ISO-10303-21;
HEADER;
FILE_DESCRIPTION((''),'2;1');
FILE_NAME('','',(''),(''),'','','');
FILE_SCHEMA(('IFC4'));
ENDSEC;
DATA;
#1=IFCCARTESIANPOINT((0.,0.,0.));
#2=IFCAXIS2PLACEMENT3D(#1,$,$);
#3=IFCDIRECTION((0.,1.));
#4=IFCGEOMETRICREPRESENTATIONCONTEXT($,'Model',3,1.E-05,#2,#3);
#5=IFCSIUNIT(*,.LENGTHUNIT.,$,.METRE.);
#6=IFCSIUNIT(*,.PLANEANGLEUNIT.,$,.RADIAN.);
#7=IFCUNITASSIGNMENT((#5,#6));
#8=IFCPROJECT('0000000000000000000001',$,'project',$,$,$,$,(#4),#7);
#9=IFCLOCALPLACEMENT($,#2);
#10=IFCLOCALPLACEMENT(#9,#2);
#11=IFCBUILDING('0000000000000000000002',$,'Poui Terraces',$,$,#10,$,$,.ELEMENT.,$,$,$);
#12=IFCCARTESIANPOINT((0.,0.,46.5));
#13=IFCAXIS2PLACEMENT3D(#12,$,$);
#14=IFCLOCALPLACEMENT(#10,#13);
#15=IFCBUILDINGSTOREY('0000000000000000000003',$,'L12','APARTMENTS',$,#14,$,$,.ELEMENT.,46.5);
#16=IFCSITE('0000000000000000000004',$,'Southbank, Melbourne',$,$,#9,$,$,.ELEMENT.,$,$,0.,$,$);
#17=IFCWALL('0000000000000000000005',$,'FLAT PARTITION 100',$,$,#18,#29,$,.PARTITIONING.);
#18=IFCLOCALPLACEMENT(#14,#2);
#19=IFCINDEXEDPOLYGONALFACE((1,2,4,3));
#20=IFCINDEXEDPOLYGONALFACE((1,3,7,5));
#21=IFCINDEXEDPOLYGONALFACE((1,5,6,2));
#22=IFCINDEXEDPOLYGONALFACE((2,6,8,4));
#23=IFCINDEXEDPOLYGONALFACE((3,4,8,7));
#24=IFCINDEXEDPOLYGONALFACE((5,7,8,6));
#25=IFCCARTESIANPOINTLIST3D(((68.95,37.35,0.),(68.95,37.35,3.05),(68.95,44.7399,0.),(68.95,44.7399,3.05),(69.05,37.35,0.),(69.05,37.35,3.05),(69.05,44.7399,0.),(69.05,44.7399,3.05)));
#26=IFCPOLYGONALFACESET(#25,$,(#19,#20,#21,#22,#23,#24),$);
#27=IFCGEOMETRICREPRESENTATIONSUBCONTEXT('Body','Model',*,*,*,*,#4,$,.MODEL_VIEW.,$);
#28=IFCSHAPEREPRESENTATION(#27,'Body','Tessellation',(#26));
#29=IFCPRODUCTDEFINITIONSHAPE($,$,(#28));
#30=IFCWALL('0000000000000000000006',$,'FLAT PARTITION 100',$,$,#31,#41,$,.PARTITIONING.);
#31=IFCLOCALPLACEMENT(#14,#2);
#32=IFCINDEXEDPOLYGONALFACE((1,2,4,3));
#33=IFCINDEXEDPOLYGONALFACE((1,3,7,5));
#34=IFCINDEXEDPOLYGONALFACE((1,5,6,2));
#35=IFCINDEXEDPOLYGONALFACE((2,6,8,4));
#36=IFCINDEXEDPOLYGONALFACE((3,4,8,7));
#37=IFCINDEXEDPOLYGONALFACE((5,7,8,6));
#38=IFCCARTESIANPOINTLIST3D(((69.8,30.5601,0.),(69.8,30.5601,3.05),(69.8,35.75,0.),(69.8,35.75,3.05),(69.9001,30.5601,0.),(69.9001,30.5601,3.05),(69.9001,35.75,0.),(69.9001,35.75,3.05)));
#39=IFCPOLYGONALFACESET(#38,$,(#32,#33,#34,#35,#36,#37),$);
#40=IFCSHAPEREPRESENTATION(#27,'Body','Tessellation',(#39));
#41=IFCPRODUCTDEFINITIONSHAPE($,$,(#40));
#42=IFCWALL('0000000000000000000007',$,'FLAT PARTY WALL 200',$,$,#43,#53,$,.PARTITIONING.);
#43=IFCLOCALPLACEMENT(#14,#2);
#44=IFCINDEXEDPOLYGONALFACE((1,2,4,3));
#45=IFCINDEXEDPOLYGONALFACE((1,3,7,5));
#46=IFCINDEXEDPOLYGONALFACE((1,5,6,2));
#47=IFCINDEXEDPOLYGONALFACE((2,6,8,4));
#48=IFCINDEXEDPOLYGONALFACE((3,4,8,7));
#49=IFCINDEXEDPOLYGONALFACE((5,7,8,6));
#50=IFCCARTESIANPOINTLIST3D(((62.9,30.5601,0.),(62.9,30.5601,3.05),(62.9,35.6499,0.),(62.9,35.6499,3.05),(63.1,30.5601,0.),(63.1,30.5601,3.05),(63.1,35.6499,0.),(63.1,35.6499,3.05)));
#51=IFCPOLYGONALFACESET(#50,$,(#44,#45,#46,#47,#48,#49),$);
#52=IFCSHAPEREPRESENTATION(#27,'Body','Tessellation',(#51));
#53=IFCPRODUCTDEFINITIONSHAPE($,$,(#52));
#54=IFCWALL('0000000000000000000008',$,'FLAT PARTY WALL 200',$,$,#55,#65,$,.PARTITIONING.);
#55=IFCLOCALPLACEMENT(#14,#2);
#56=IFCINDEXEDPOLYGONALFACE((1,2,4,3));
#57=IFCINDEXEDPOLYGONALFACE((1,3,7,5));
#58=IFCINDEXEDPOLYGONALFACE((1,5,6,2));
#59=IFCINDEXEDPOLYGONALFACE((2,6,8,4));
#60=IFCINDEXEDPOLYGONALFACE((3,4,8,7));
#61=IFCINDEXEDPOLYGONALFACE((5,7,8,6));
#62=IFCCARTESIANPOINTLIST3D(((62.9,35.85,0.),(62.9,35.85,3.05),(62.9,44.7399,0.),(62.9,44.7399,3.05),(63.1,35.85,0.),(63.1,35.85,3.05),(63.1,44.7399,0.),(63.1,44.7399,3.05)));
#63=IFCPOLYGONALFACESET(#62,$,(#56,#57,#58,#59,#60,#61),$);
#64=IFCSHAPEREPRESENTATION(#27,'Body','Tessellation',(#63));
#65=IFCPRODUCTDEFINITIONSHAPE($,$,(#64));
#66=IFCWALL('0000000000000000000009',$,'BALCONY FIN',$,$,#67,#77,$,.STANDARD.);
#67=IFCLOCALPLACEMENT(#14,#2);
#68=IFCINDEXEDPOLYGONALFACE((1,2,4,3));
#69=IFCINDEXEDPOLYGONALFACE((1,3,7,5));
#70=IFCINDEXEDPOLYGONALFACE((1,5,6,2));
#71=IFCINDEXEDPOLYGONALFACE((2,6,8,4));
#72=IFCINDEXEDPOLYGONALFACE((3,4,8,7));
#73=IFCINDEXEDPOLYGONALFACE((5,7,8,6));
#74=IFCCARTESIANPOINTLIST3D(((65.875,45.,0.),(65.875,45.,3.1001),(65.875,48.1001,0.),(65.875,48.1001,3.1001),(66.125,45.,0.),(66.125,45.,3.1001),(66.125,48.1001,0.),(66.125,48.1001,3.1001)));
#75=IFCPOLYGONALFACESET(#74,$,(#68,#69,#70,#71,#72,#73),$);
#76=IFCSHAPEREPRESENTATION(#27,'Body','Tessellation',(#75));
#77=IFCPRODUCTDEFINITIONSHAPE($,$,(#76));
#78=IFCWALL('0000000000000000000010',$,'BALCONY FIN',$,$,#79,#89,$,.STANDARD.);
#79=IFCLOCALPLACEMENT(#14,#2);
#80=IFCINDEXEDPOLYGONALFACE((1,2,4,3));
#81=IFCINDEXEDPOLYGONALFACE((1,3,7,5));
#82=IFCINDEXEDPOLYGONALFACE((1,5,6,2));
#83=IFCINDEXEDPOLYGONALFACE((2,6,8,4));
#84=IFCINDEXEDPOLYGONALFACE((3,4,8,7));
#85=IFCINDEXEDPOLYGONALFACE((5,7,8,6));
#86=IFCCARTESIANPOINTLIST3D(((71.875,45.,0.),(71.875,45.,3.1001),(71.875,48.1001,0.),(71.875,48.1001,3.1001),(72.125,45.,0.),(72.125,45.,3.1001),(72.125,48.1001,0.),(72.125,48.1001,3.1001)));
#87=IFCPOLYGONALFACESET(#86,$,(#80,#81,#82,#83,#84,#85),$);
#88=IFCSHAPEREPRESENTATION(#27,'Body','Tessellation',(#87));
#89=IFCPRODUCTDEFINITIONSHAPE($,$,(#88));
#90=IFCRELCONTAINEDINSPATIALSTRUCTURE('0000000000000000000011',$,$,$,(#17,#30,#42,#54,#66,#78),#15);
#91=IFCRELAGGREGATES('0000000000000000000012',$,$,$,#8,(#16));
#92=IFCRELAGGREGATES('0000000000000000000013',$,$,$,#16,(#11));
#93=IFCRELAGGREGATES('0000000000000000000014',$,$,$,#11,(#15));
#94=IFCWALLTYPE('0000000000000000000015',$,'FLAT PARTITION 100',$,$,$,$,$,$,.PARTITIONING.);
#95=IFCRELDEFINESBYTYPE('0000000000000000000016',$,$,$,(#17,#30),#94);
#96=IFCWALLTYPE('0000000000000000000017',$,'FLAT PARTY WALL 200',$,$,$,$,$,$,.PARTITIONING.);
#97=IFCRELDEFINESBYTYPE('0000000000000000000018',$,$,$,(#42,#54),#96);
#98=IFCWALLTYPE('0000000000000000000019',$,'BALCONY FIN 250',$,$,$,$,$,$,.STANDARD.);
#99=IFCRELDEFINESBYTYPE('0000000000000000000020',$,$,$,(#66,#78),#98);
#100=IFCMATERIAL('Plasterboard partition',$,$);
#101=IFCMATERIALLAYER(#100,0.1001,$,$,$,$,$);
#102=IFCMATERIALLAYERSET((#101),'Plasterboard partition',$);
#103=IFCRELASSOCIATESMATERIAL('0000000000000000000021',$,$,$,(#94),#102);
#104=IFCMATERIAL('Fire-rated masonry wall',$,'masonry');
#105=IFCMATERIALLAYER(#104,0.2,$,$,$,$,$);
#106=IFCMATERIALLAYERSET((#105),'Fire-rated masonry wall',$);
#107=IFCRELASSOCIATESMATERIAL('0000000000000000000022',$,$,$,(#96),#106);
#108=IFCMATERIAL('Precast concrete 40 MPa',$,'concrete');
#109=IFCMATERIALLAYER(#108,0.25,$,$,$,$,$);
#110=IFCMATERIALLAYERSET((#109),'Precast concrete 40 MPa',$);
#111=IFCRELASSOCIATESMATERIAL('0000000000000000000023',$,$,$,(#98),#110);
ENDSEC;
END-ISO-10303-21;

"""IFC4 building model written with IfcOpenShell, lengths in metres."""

from ifc_helpers import new_model, si_unit, direction, frame, frame_2d, origin, place, context, subcontext, project, spatial, polyline, rectangle, outline, extrude, source, transform, mapped, material, layer, layer_set, type_object, element, save


model = new_model("IFC4")

# Units and contexts
model_context = context("Model", 3, precision=1e-05, world=origin(), true_north=direction((0.0, 1.0)))
body_context = subcontext(model_context, "Body", "Model", "MODEL_VIEW")
ifc_project = project(units=[si_unit("LENGTHUNIT", "METRE"), si_unit("PLANEANGLEUNIT", "RADIAN")], contexts=[model_context])

# Site, building, storey
site_placement = place(None, origin())
site = spatial("IfcSite", under=ifc_project, at=site_placement, Name="Southbank, Melbourne", CompositionType="ELEMENT", RefElevation=0.0)
building_placement = place(site_placement, origin())
building = spatial("IfcBuilding", under=site, at=building_placement, Name="Poui Terraces", CompositionType="ELEMENT")
storey_placement = place(building_placement, frame((0.0, 0.0, 46.5)))
storey = spatial("IfcBuildingStorey", under=building, at=storey_placement, Name="L12", Description="APARTMENTS", CompositionType="ELEMENT", Elevation=46.5)

# Shared definitions
ifc_material_1 = material(Name="Plasterboard partition")
ifc_layer_1 = layer(ifc_material_1, 0.1001)
ifc_layer_set_1 = layer_set([ifc_layer_1], Name="Plasterboard partition")
wall_type_1 = type_object("IfcWallType", Name="FLAT PARTITION 100", PredefinedType="PARTITIONING", material=ifc_layer_set_1)

# Walls
wall_1_placement = place(storey_placement, frame((69.0, 37.3501, 0.0), z_axis=(0.0, 0.0, 1.0), x_axis=(0.0, 1.0, 0.0)))
element("IfcWall", 1, at=wall_1_placement, inside=storey, type_object=wall_type_1, Name="FLAT PARTITION 100", PredefinedType="PARTITIONING", context=body_context, shape_type="SweptSolid", body=[
    extrude(rectangle(XDim=7.3899, YDim=0.1001, at=frame_2d((3.6948, 0.0))), origin(), (0.0, 0.0, 1.0), 3.05),
])
wall_2_placement = place(storey_placement, frame((69.8501, 30.5601, 0.0), z_axis=(0.0, 0.0, 1.0), x_axis=(0.0, 1.0, 0.0)))
element("IfcWall", 2, at=wall_2_placement, inside=storey, type_object=wall_type_1, Name="FLAT PARTITION 100", PredefinedType="PARTITIONING", context=body_context, shape_type="SweptSolid", body=[
    extrude(rectangle(XDim=5.1899, YDim=0.1001, at=frame_2d((2.595, 0.0))), origin(), (0.0, 0.0, 1.0), 3.05),
])
ifc_material_2 = material(Name="Fire-rated masonry wall", Category="masonry")
ifc_layer_2 = layer(ifc_material_2, 0.2)
ifc_layer_set_2 = layer_set([ifc_layer_2], Name="Fire-rated masonry wall")
wall_type_2 = type_object("IfcWallType", Name="FLAT PARTY WALL 200", PredefinedType="PARTITIONING", material=ifc_layer_set_2)
wall_3_placement = place(storey_placement, frame((63.0, 30.5601, 0.0), z_axis=(0.0, 0.0, 1.0), x_axis=(0.0, 1.0, 0.0)))
element("IfcWall", 3, at=wall_3_placement, inside=storey, type_object=wall_type_2, Name="FLAT PARTY WALL 200", PredefinedType="PARTITIONING", context=body_context, shape_type="SweptSolid", body=[
    extrude(rectangle(XDim=5.0898, YDim=0.2, at=frame_2d((2.5449, 0.0))), origin(), (0.0, 0.0, 1.0), 3.05),
])
wall_4_placement = place(storey_placement, frame((63.0, 35.8501, 0.0), z_axis=(0.0, 0.0, 1.0), x_axis=(0.0, 1.0, 0.0)))
element("IfcWall", 4, at=wall_4_placement, inside=storey, type_object=wall_type_2, Name="FLAT PARTY WALL 200", PredefinedType="PARTITIONING", context=body_context, shape_type="SweptSolid", body=[
    extrude(rectangle(XDim=8.8899, YDim=0.2, at=frame_2d((4.4448, 0.0))), origin(), (0.0, 0.0, 1.0), 3.05),
])
ifc_material_3 = material(Name="Precast concrete 40 MPa", Category="concrete")
ifc_layer_3 = layer(ifc_material_3, 0.25)
ifc_layer_set_3 = layer_set([ifc_layer_3], Name="Precast concrete 40 MPa")
wall_type_3 = type_object("IfcWallType", Name="BALCONY FIN 250", PredefinedType="STANDARD", material=ifc_layer_set_3)
shared_shape_1 = source(origin(), body_context, "Body", "SweptSolid", [
    extrude(outline(polyline([(0.0, 0.0), (0.25, 0.0), (0.25, 3.1001), (0.0, 3.1001), (0.0, 0.0)])), origin(), (0.0, 0.0, 1.0), 3.1001),
])
for number, where, name in (
    (5, (65.875, 45.0, 0.0), "BALCONY FIN"),
    (6, (71.875, 45.0, 0.0), "BALCONY FIN"),
):
    element("IfcWall", number, at=place(storey_placement, frame(where)), inside=storey, type_object=wall_type_3, Name=name, PredefinedType="STANDARD", context=body_context, shape_type="MappedRepresentation", body=[
        mapped(shared_shape_1, transform((0.0, 0.0, 0.0))),
    ])

save(model, "model.ifc")
